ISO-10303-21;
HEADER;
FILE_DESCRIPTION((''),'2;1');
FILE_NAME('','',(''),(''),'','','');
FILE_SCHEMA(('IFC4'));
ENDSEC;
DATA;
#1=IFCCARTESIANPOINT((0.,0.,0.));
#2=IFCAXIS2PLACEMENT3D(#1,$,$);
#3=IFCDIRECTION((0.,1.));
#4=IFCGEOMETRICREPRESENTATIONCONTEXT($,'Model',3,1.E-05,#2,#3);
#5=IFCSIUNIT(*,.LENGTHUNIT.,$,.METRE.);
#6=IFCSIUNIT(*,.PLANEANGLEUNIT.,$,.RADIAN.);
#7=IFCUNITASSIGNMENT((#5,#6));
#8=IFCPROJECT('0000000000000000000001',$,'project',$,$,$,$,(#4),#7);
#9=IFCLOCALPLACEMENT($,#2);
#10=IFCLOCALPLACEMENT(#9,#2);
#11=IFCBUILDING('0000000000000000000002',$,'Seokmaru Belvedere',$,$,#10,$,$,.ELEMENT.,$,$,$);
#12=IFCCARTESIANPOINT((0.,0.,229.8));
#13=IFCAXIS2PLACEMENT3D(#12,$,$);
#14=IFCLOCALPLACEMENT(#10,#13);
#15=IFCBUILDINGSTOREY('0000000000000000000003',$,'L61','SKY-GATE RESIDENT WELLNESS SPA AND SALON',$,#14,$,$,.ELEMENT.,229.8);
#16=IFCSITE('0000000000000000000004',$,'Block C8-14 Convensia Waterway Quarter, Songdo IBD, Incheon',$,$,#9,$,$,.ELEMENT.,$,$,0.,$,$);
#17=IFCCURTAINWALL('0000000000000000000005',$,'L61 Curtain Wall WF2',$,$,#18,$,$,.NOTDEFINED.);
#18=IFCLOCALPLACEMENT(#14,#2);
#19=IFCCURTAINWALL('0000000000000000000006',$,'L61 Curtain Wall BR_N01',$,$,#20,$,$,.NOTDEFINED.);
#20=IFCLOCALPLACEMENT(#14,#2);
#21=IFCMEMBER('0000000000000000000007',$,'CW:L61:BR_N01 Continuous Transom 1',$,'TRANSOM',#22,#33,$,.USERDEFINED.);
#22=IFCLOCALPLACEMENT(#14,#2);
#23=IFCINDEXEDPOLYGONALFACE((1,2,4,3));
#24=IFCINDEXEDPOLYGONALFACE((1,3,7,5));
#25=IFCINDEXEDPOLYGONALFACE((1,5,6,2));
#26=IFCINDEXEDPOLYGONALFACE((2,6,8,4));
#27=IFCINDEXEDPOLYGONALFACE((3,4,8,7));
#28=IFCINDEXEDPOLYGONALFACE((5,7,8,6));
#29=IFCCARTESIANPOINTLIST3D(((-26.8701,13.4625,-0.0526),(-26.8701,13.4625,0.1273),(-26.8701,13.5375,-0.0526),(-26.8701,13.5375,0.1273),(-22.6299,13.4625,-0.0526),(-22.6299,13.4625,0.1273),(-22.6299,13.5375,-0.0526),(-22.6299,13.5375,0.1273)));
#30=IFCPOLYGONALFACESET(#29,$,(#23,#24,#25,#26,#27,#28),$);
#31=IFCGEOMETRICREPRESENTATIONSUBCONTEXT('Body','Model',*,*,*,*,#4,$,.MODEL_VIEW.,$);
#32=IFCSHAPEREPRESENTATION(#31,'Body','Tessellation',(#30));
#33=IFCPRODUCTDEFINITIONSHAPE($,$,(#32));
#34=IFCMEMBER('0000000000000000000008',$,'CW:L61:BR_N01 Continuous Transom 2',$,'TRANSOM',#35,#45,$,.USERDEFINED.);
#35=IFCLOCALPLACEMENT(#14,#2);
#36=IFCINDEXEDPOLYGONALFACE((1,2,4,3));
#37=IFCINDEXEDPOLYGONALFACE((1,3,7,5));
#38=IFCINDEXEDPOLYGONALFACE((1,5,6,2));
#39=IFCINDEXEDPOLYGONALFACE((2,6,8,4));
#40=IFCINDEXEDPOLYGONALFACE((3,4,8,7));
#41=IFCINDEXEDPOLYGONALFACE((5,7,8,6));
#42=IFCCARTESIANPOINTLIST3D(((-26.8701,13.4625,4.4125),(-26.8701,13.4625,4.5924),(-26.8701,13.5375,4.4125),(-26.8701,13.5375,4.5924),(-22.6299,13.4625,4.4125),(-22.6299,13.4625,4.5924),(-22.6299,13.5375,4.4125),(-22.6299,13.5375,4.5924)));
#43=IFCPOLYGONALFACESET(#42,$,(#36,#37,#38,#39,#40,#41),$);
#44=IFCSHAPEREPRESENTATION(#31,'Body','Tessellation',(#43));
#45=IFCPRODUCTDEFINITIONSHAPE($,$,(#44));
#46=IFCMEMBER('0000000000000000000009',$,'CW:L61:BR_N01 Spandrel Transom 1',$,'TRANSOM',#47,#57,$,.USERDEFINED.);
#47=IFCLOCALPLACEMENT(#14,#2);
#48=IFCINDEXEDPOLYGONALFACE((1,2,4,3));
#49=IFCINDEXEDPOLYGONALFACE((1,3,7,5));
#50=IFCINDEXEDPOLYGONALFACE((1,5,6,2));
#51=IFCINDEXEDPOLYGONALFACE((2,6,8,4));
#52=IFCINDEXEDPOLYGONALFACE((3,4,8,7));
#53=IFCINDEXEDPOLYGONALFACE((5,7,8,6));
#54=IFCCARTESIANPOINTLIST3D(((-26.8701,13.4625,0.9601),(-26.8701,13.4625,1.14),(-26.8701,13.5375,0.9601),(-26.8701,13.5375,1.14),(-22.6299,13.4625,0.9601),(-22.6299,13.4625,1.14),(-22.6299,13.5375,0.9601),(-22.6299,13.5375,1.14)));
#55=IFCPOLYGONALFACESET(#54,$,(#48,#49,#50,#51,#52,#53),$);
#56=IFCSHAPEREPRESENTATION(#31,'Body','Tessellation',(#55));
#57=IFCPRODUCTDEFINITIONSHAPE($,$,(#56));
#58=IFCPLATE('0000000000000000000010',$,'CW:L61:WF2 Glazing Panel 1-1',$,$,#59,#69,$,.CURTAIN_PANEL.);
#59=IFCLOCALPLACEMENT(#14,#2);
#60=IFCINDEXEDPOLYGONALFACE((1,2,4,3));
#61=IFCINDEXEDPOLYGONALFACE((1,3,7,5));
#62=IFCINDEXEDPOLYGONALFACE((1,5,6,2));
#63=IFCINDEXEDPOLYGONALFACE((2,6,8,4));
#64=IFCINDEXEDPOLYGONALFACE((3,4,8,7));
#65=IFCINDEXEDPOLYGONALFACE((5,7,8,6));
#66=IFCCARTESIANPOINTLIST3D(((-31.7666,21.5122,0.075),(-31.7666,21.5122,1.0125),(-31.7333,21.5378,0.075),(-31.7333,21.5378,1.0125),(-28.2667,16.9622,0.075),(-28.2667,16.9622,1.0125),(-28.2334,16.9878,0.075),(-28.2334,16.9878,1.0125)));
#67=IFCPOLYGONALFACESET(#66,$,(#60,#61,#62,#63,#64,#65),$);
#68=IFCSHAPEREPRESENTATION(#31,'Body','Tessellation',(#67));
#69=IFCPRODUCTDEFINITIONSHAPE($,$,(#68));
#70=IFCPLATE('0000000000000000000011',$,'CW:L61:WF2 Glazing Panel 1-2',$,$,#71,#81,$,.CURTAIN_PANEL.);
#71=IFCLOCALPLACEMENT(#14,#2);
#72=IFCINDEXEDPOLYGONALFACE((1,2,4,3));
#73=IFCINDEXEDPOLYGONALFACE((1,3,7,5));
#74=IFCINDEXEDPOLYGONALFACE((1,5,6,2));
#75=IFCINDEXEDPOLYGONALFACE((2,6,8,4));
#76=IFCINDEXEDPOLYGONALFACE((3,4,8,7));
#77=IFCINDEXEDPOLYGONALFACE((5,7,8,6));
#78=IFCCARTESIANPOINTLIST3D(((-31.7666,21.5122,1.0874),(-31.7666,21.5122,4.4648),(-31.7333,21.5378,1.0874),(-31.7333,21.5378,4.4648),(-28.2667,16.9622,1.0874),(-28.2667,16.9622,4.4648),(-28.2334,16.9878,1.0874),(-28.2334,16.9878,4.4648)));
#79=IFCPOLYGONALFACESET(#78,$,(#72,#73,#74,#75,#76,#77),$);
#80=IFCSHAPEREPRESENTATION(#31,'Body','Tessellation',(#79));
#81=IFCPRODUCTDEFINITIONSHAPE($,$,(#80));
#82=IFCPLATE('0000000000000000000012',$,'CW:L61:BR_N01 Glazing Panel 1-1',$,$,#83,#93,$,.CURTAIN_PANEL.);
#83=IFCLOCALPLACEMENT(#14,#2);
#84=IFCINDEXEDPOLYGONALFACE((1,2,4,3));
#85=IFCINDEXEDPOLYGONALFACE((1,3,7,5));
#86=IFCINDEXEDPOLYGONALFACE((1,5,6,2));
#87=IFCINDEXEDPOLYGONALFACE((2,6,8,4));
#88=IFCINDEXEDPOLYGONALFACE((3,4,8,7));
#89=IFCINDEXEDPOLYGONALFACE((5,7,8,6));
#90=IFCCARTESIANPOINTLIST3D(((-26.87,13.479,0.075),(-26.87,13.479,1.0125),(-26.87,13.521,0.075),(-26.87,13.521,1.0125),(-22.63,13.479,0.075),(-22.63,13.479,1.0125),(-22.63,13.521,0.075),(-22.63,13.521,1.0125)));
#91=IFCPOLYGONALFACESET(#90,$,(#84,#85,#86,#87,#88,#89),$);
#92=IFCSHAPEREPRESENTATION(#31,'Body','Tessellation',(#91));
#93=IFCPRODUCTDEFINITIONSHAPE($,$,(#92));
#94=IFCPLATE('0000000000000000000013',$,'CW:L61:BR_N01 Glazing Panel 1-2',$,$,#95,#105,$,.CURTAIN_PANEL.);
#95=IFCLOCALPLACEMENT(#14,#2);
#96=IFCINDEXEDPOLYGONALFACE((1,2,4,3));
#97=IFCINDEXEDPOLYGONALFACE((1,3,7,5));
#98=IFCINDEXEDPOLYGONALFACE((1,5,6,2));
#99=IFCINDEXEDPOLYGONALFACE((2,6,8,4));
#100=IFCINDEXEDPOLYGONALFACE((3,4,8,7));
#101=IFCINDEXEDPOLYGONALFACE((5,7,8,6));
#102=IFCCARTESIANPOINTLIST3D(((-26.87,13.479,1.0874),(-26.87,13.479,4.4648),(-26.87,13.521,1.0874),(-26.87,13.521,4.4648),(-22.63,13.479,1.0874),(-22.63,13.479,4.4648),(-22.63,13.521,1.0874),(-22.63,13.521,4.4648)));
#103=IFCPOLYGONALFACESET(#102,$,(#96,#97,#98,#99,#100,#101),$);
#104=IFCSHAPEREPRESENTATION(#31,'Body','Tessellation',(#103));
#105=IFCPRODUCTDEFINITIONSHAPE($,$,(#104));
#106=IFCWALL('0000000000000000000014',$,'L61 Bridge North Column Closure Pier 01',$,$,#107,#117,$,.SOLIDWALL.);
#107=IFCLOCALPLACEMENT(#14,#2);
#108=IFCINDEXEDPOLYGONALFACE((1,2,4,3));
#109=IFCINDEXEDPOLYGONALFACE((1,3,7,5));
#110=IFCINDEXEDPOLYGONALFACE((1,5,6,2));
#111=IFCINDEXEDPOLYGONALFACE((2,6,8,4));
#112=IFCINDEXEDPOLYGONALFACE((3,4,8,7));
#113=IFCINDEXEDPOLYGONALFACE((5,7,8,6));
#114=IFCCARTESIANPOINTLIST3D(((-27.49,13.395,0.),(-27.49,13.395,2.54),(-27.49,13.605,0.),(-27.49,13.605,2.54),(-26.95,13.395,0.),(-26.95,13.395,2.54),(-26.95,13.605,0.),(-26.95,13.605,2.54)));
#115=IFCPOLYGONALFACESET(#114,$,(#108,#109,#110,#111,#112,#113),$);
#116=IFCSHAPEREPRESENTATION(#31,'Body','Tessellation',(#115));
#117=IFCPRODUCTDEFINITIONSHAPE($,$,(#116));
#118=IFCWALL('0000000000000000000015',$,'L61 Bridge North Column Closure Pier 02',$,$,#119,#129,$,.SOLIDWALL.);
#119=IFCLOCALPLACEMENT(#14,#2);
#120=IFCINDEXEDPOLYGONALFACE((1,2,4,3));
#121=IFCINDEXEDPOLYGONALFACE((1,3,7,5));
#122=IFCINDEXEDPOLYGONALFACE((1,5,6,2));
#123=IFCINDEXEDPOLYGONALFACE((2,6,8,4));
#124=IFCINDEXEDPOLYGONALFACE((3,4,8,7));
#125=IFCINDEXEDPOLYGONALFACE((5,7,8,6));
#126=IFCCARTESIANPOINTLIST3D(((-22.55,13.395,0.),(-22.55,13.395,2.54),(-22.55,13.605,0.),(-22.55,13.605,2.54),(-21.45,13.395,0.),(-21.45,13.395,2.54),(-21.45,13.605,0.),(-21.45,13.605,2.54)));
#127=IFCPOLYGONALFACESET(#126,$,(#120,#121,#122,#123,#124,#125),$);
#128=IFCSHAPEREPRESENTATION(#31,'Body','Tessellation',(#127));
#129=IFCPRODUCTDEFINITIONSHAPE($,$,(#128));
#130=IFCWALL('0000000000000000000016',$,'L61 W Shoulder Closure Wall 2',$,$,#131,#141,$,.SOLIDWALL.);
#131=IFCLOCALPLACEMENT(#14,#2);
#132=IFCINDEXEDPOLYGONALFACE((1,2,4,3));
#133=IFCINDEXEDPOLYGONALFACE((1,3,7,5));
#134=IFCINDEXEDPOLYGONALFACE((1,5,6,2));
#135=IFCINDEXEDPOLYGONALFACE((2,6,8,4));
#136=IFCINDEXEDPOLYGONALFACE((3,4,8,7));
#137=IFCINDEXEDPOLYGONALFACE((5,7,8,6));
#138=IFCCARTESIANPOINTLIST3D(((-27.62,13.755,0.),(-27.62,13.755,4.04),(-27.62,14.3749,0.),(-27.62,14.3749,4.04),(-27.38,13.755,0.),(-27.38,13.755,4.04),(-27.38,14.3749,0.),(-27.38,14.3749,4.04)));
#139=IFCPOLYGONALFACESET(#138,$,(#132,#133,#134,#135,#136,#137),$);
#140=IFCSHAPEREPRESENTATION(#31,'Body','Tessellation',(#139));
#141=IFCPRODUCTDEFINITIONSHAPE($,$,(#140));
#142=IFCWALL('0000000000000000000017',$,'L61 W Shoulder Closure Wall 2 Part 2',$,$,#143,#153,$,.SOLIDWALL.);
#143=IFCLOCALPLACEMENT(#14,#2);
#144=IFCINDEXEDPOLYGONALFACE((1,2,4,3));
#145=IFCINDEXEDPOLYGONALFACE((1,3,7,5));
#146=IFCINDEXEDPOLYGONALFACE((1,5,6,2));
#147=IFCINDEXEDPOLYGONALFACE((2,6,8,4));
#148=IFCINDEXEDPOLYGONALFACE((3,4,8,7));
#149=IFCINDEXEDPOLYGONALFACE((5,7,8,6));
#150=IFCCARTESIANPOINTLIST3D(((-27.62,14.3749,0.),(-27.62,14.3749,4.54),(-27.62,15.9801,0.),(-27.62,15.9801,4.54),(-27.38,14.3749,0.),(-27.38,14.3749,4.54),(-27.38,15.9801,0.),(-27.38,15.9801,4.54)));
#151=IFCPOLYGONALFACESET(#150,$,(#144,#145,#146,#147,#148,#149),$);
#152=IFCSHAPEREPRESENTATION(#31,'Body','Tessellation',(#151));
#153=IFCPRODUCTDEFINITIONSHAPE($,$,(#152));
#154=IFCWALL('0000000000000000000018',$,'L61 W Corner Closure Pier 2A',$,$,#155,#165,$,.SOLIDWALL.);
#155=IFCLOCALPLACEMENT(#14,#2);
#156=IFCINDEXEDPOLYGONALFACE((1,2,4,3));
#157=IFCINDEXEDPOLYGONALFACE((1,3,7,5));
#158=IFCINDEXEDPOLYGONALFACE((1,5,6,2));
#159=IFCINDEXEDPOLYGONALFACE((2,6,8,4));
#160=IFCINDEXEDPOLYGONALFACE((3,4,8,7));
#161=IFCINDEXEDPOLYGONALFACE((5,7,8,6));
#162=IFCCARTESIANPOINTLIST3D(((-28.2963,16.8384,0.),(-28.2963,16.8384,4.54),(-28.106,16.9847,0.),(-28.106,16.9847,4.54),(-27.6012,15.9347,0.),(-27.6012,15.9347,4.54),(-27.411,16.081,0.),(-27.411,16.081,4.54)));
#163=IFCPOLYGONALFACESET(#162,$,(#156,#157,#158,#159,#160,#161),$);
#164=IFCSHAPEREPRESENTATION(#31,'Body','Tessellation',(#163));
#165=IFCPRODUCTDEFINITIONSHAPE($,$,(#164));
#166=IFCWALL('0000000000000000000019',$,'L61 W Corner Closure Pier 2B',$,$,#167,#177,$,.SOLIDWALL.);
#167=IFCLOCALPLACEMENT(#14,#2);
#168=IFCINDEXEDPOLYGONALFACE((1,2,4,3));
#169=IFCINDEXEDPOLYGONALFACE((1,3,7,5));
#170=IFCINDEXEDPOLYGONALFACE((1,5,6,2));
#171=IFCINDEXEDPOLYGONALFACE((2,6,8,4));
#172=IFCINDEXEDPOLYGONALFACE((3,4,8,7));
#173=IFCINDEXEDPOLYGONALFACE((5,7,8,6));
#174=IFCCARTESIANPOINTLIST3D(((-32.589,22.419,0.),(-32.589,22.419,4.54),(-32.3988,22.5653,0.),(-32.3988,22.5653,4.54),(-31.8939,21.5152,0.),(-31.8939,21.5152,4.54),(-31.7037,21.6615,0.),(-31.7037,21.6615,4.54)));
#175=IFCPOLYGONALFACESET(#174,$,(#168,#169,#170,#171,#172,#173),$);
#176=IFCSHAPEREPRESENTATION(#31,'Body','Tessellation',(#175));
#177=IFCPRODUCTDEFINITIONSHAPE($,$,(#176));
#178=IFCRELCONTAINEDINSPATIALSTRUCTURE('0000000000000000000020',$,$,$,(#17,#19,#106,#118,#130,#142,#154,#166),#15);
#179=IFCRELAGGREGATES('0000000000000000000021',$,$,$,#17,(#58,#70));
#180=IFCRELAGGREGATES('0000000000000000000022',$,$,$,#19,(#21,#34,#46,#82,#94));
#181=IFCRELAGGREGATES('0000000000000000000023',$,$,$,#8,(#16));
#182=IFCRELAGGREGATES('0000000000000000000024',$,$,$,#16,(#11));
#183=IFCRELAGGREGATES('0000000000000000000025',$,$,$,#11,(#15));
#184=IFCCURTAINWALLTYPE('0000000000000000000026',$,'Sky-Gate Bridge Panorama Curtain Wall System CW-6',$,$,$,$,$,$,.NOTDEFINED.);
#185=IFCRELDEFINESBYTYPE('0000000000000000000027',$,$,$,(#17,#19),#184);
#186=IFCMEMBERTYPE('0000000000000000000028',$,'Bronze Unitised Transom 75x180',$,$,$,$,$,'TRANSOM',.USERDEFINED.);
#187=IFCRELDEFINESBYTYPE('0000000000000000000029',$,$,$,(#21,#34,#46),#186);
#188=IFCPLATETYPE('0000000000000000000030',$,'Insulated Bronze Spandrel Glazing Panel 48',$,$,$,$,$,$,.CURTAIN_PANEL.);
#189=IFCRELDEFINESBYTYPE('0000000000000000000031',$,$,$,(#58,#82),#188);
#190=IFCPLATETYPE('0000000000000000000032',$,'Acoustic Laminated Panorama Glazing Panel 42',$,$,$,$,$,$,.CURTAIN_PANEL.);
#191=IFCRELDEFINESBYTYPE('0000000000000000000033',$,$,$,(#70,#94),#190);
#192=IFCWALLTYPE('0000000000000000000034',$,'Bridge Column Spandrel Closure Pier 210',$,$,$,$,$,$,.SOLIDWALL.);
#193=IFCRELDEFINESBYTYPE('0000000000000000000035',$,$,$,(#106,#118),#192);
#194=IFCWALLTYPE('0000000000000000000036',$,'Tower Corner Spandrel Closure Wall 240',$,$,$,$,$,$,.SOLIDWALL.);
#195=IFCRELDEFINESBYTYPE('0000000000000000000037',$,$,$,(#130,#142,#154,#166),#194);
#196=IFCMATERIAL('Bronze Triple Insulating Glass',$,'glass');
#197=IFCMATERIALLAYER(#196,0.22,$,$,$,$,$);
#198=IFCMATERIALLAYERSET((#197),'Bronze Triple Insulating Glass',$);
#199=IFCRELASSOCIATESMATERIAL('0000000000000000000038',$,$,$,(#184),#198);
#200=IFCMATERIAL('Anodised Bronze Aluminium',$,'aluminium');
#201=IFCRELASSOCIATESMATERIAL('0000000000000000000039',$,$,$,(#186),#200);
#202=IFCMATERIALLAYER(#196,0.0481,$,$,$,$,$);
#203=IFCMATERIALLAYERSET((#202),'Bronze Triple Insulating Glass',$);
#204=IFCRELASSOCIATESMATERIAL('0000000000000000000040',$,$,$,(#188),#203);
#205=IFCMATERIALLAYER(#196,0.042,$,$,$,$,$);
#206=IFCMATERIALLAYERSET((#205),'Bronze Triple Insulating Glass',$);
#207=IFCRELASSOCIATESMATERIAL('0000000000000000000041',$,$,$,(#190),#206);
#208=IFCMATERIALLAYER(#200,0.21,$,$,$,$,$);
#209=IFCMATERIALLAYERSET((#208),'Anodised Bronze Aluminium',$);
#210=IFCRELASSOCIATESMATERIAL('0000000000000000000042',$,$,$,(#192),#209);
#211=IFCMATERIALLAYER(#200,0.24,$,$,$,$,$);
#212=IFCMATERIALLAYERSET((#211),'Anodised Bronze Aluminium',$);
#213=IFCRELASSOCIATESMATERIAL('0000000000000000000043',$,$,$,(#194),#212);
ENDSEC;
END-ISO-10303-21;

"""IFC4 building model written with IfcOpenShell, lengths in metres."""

from ifc_helpers import new_model, si_unit, direction, frame, frame_2d, origin, origin_2d, place, context, subcontext, project, spatial, rectangle, extrude, source, transform, mapped, material, layer, layer_set, material_profile, profile_set, type_object, type_shapes, element, aggregate, save


model = new_model("IFC4")

# Units and contexts
model_context = context("Model", 3, precision=1e-05, world=origin(), true_north=direction((0.0, 1.0)))
body_context = subcontext(model_context, "Body", "Model", "MODEL_VIEW")
ifc_project = project(units=[si_unit("LENGTHUNIT", "METRE"), si_unit("PLANEANGLEUNIT", "RADIAN")], contexts=[model_context])

# Site, building, storey
site_placement = place(None, origin())
site = spatial("IfcSite", under=ifc_project, at=site_placement, Name="Block C8-14 Convensia Waterway Quarter, Songdo IBD, Incheon", CompositionType="ELEMENT", RefElevation=0.0)
building_placement = place(site_placement, origin())
building = spatial("IfcBuilding", under=site, at=building_placement, Name="Seokmaru Belvedere", CompositionType="ELEMENT")
storey_placement = place(building_placement, frame((0.0, 0.0, 229.8)))
storey = spatial("IfcBuildingStorey", under=building, at=storey_placement, Name="L61", Description="SKY-GATE RESIDENT WELLNESS SPA AND SALON", CompositionType="ELEMENT", Elevation=229.8)

# Curtain walls
ifc_material_1 = material(Name="Bronze Triple Insulating Glass", Category="glass")
ifc_layer_1 = layer(ifc_material_1, 0.22)
ifc_layer_set_1 = layer_set([ifc_layer_1], Name="Bronze Triple Insulating Glass")
curtain_wall_type = type_object("IfcCurtainWallType", Name="Sky-Gate Bridge Panorama Curtain Wall System CW-6", PredefinedType="NOTDEFINED", material=ifc_layer_set_1)
curtain_wall_1_placement = place(storey_placement, origin())
curtain_wall_1 = element("IfcCurtainWall", 1, at=curtain_wall_1_placement, inside=storey, type_object=curtain_wall_type, Name="L61 Curtain Wall WF2", PredefinedType="NOTDEFINED")
ifc_material_2 = material(Name="Anodised Bronze Aluminium", Category="aluminium")
curtain_wall_2_placement = place(storey_placement, origin())
curtain_wall_2 = element("IfcCurtainWall", 2, at=curtain_wall_2_placement, inside=storey, type_object=curtain_wall_type, Name="L61 Curtain Wall BR_N01", PredefinedType="NOTDEFINED")

# Members
ifc_material_profile_1 = material_profile(ifc_material_2, rectangle(XDim=0.075, YDim=0.1799, at=origin_2d()), Name="CW-T-75x180")
ifc_profile_set_1 = profile_set([ifc_material_profile_1], Name="Anodised Bronze Aluminium")
member_type_1 = type_object("IfcMemberType", Name="Bronze Unitised Transom 75x180", ElementType="TRANSOM", PredefinedType="USERDEFINED", material=ifc_profile_set_1)
shared_shape_1 = source(origin(), body_context, "Body", "SweptSolid", [
    extrude(rectangle(XDim=0.075, YDim=0.1799, at=origin_2d()), origin(), (0.0, 0.0, 1.0), 4.2402),
])
member_1_placement = place(storey_placement, frame((-22.6299, 13.5, 0.0374), z_axis=(-1.0, 0.0, 0.0), x_axis=(0.0, -1.0, 0.0)))
member_1 = element("IfcMember", 3, at=member_1_placement, type_object=member_type_1, Name="CW:L61:BR_N01 Continuous Transom 1", ObjectType="TRANSOM", PredefinedType="USERDEFINED", context=body_context, shape_type="MappedRepresentation", body=[
    mapped(shared_shape_1, transform((0.0, 0.0, 0.0), scale=1.0)),
])
member_2_placement = place(storey_placement, frame((-22.6299, 13.5, 4.5024), z_axis=(-1.0, 0.0, 0.0), x_axis=(0.0, -1.0, 0.0)))
member_2 = element("IfcMember", 4, at=member_2_placement, type_object=member_type_1, Name="CW:L61:BR_N01 Continuous Transom 2", ObjectType="TRANSOM", PredefinedType="USERDEFINED", context=body_context, shape_type="MappedRepresentation", body=[
    mapped(shared_shape_1, transform((0.0, 0.0, 0.0), scale=1.0)),
])
member_3_placement = place(storey_placement, frame((-22.6299, 13.5, 1.05), z_axis=(-1.0, 0.0, 0.0), x_axis=(0.0, -1.0, 0.0)))
member_3 = element("IfcMember", 5, at=member_3_placement, type_object=member_type_1, Name="CW:L61:BR_N01 Spandrel Transom 1", ObjectType="TRANSOM", PredefinedType="USERDEFINED", context=body_context, shape_type="MappedRepresentation", body=[
    mapped(shared_shape_1, transform((0.0, 0.0, 0.0), scale=1.0)),
])

# Plates
ifc_layer_2 = layer(ifc_material_1, 0.0481)
ifc_layer_set_2 = layer_set([ifc_layer_2], Name="Bronze Triple Insulating Glass")
plate_type_1 = type_object("IfcPlateType", Name="Insulated Bronze Spandrel Glazing Panel 48", PredefinedType="CURTAIN_PANEL", material=ifc_layer_set_2)
shared_shape_2 = source(origin(), body_context, "Body", "SweptSolid", [
    extrude(rectangle(XDim=5.7405, YDim=0.042, at=origin_2d()), origin(), (0.0, 0.0, 1.0), 0.9375),
])
plate_1_placement = place(storey_placement, frame((-30.0, 19.25, 0.075), z_axis=(0.0, 0.0, 1.0), x_axis=(-0.609701, 0.792631, 0.0)))
plate_1 = element("IfcPlate", 6, at=plate_1_placement, type_object=plate_type_1, Name="CW:L61:WF2 Glazing Panel 1-1", PredefinedType="CURTAIN_PANEL", context=body_context, shape_type="MappedRepresentation", body=[
    mapped(shared_shape_2, transform((0.0, 0.0, 0.0), scale=1.0)),
])
ifc_layer_3 = layer(ifc_material_1, 0.042)
ifc_layer_set_3 = layer_set([ifc_layer_3], Name="Bronze Triple Insulating Glass")
plate_type_2 = type_object("IfcPlateType", Name="Acoustic Laminated Panorama Glazing Panel 42", PredefinedType="CURTAIN_PANEL", material=ifc_layer_set_3)
shared_shape_3 = source(origin(), body_context, "Body", "SweptSolid", [
    extrude(rectangle(XDim=5.7405, YDim=0.042, at=origin_2d()), origin(), (0.0, 0.0, 1.0), 3.3774),
])
plate_2_placement = place(storey_placement, frame((-30.0, 19.25, 1.0874), z_axis=(0.0, 0.0, 1.0), x_axis=(-0.609701, 0.792631, 0.0)))
plate_2 = element("IfcPlate", 7, at=plate_2_placement, type_object=plate_type_2, Name="CW:L61:WF2 Glazing Panel 1-2", PredefinedType="CURTAIN_PANEL", context=body_context, shape_type="MappedRepresentation", body=[
    mapped(shared_shape_3, transform((0.0, 0.0, 0.0), scale=1.0)),
])
aggregate(curtain_wall_1, [plate_1, plate_2])
shared_shape_4 = source(origin(), body_context, "Body", "SweptSolid", [
    extrude(rectangle(XDim=4.24, YDim=0.042, at=origin_2d()), origin(), (0.0, 0.0, 1.0), 0.9375),
])
type_shapes(plate_type_1, [shared_shape_2, shared_shape_4])
plate_3_placement = place(storey_placement, frame((-24.75, 13.5, 0.075), z_axis=(0.0, 0.0, 1.0), x_axis=(-1.0, 0.0, 0.0)))
plate_3 = element("IfcPlate", 8, at=plate_3_placement, type_object=plate_type_1, Name="CW:L61:BR_N01 Glazing Panel 1-1", PredefinedType="CURTAIN_PANEL", context=body_context, shape_type="MappedRepresentation", body=[
    mapped(shared_shape_4, transform((0.0, 0.0, 0.0), scale=1.0)),
])
shared_shape_5 = source(origin(), body_context, "Body", "SweptSolid", [
    extrude(rectangle(XDim=4.24, YDim=0.042, at=origin_2d()), origin(), (0.0, 0.0, 1.0), 3.3774),
])
type_shapes(plate_type_2, [shared_shape_3, shared_shape_5])
plate_4_placement = place(storey_placement, frame((-24.75, 13.5, 1.0874), z_axis=(0.0, 0.0, 1.0), x_axis=(-1.0, 0.0, 0.0)))
plate_4 = element("IfcPlate", 9, at=plate_4_placement, type_object=plate_type_2, Name="CW:L61:BR_N01 Glazing Panel 1-2", PredefinedType="CURTAIN_PANEL", context=body_context, shape_type="MappedRepresentation", body=[
    mapped(shared_shape_5, transform((0.0, 0.0, 0.0), scale=1.0)),
])
aggregate(curtain_wall_2, [member_1, member_2, member_3, plate_3, plate_4])

# Walls
ifc_layer_4 = layer(ifc_material_2, 0.21)
ifc_layer_set_4 = layer_set([ifc_layer_4], Name="Anodised Bronze Aluminium")
wall_type_1 = type_object("IfcWallType", Name="Bridge Column Spandrel Closure Pier 210", PredefinedType="SOLIDWALL", material=ifc_layer_set_4)
wall_1_placement = place(storey_placement, frame((-27.49, 13.5, 0.0), z_axis=(0.0, 0.0, 1.0), x_axis=(1.0, 0.0, 0.0)))
element("IfcWall", 10, at=wall_1_placement, inside=storey, type_object=wall_type_1, Name="L61 Bridge North Column Closure Pier 01", PredefinedType="SOLIDWALL", context=body_context, shape_type="SweptSolid", body=[
    extrude(rectangle(XDim=0.54, YDim=0.21, at=frame_2d((0.27, 0.0))), origin(), (0.0, 0.0, 1.0), 2.54),
])
wall_2_placement = place(storey_placement, frame((-22.55, 13.5, 0.0), z_axis=(0.0, 0.0, 1.0), x_axis=(1.0, 0.0, 0.0)))
element("IfcWall", 11, at=wall_2_placement, inside=storey, type_object=wall_type_1, Name="L61 Bridge North Column Closure Pier 02", PredefinedType="SOLIDWALL", context=body_context, shape_type="SweptSolid", body=[
    extrude(rectangle(XDim=1.1001, YDim=0.21, at=frame_2d((0.55, 0.0))), origin(), (0.0, 0.0, 1.0), 2.54),
])
ifc_layer_5 = layer(ifc_material_2, 0.24)
ifc_layer_set_5 = layer_set([ifc_layer_5], Name="Anodised Bronze Aluminium")
wall_type_2 = type_object("IfcWallType", Name="Tower Corner Spandrel Closure Wall 240", PredefinedType="SOLIDWALL", material=ifc_layer_set_5)
wall_3_placement = place(storey_placement, frame((-27.5, 13.7549, 0.0), z_axis=(0.0, 0.0, 1.0), x_axis=(0.0, 1.0, 0.0)))
element("IfcWall", 12, at=wall_3_placement, inside=storey, type_object=wall_type_2, Name="L61 W Shoulder Closure Wall 2", PredefinedType="SOLIDWALL", context=body_context, shape_type="SweptSolid", body=[
    extrude(rectangle(XDim=0.6199, YDim=0.24, at=frame_2d((0.3101, 0.0))), origin(), (0.0, 0.0, 1.0), 4.04),
])
wall_4_placement = place(storey_placement, frame((-27.5, 14.3748, 0.0), z_axis=(0.0, 0.0, 1.0), x_axis=(0.0, 1.0, 0.0)))
element("IfcWall", 13, at=wall_4_placement, inside=storey, type_object=wall_type_2, Name="L61 W Shoulder Closure Wall 2 Part 2", PredefinedType="SOLIDWALL", context=body_context, shape_type="SweptSolid", body=[
    extrude(rectangle(XDim=1.6052, YDim=0.24, at=frame_2d((0.8027, 0.0))), origin(), (0.0, 0.0, 1.0), 4.54),
])
for number, where, z_axis, x_axis, name in (
    (14, (-27.5061, 16.0078, 0.0), (0.0, 0.0, 1.0), (-0.609618, 0.792696, 0.0), "L61 W Corner Closure Pier 2A"),
    (15, (-31.7988, 21.5884, 0.0), (0.0, 0.0, 1.0), (-0.609618, 0.792696, 0.0), "L61 W Corner Closure Pier 2B"),
):
    element("IfcWall", number, at=place(storey_placement, frame(where, z_axis=z_axis, x_axis=x_axis)), inside=storey, type_object=wall_type_2, Name=name, PredefinedType="SOLIDWALL", context=body_context, shape_type="SweptSolid", body=[
        extrude(rectangle(XDim=1.1401, YDim=0.24, at=frame_2d((0.5701, 0.0))), origin(), (0.0, 0.0, 1.0), 4.54),
    ])

save(model, "model.ifc")
